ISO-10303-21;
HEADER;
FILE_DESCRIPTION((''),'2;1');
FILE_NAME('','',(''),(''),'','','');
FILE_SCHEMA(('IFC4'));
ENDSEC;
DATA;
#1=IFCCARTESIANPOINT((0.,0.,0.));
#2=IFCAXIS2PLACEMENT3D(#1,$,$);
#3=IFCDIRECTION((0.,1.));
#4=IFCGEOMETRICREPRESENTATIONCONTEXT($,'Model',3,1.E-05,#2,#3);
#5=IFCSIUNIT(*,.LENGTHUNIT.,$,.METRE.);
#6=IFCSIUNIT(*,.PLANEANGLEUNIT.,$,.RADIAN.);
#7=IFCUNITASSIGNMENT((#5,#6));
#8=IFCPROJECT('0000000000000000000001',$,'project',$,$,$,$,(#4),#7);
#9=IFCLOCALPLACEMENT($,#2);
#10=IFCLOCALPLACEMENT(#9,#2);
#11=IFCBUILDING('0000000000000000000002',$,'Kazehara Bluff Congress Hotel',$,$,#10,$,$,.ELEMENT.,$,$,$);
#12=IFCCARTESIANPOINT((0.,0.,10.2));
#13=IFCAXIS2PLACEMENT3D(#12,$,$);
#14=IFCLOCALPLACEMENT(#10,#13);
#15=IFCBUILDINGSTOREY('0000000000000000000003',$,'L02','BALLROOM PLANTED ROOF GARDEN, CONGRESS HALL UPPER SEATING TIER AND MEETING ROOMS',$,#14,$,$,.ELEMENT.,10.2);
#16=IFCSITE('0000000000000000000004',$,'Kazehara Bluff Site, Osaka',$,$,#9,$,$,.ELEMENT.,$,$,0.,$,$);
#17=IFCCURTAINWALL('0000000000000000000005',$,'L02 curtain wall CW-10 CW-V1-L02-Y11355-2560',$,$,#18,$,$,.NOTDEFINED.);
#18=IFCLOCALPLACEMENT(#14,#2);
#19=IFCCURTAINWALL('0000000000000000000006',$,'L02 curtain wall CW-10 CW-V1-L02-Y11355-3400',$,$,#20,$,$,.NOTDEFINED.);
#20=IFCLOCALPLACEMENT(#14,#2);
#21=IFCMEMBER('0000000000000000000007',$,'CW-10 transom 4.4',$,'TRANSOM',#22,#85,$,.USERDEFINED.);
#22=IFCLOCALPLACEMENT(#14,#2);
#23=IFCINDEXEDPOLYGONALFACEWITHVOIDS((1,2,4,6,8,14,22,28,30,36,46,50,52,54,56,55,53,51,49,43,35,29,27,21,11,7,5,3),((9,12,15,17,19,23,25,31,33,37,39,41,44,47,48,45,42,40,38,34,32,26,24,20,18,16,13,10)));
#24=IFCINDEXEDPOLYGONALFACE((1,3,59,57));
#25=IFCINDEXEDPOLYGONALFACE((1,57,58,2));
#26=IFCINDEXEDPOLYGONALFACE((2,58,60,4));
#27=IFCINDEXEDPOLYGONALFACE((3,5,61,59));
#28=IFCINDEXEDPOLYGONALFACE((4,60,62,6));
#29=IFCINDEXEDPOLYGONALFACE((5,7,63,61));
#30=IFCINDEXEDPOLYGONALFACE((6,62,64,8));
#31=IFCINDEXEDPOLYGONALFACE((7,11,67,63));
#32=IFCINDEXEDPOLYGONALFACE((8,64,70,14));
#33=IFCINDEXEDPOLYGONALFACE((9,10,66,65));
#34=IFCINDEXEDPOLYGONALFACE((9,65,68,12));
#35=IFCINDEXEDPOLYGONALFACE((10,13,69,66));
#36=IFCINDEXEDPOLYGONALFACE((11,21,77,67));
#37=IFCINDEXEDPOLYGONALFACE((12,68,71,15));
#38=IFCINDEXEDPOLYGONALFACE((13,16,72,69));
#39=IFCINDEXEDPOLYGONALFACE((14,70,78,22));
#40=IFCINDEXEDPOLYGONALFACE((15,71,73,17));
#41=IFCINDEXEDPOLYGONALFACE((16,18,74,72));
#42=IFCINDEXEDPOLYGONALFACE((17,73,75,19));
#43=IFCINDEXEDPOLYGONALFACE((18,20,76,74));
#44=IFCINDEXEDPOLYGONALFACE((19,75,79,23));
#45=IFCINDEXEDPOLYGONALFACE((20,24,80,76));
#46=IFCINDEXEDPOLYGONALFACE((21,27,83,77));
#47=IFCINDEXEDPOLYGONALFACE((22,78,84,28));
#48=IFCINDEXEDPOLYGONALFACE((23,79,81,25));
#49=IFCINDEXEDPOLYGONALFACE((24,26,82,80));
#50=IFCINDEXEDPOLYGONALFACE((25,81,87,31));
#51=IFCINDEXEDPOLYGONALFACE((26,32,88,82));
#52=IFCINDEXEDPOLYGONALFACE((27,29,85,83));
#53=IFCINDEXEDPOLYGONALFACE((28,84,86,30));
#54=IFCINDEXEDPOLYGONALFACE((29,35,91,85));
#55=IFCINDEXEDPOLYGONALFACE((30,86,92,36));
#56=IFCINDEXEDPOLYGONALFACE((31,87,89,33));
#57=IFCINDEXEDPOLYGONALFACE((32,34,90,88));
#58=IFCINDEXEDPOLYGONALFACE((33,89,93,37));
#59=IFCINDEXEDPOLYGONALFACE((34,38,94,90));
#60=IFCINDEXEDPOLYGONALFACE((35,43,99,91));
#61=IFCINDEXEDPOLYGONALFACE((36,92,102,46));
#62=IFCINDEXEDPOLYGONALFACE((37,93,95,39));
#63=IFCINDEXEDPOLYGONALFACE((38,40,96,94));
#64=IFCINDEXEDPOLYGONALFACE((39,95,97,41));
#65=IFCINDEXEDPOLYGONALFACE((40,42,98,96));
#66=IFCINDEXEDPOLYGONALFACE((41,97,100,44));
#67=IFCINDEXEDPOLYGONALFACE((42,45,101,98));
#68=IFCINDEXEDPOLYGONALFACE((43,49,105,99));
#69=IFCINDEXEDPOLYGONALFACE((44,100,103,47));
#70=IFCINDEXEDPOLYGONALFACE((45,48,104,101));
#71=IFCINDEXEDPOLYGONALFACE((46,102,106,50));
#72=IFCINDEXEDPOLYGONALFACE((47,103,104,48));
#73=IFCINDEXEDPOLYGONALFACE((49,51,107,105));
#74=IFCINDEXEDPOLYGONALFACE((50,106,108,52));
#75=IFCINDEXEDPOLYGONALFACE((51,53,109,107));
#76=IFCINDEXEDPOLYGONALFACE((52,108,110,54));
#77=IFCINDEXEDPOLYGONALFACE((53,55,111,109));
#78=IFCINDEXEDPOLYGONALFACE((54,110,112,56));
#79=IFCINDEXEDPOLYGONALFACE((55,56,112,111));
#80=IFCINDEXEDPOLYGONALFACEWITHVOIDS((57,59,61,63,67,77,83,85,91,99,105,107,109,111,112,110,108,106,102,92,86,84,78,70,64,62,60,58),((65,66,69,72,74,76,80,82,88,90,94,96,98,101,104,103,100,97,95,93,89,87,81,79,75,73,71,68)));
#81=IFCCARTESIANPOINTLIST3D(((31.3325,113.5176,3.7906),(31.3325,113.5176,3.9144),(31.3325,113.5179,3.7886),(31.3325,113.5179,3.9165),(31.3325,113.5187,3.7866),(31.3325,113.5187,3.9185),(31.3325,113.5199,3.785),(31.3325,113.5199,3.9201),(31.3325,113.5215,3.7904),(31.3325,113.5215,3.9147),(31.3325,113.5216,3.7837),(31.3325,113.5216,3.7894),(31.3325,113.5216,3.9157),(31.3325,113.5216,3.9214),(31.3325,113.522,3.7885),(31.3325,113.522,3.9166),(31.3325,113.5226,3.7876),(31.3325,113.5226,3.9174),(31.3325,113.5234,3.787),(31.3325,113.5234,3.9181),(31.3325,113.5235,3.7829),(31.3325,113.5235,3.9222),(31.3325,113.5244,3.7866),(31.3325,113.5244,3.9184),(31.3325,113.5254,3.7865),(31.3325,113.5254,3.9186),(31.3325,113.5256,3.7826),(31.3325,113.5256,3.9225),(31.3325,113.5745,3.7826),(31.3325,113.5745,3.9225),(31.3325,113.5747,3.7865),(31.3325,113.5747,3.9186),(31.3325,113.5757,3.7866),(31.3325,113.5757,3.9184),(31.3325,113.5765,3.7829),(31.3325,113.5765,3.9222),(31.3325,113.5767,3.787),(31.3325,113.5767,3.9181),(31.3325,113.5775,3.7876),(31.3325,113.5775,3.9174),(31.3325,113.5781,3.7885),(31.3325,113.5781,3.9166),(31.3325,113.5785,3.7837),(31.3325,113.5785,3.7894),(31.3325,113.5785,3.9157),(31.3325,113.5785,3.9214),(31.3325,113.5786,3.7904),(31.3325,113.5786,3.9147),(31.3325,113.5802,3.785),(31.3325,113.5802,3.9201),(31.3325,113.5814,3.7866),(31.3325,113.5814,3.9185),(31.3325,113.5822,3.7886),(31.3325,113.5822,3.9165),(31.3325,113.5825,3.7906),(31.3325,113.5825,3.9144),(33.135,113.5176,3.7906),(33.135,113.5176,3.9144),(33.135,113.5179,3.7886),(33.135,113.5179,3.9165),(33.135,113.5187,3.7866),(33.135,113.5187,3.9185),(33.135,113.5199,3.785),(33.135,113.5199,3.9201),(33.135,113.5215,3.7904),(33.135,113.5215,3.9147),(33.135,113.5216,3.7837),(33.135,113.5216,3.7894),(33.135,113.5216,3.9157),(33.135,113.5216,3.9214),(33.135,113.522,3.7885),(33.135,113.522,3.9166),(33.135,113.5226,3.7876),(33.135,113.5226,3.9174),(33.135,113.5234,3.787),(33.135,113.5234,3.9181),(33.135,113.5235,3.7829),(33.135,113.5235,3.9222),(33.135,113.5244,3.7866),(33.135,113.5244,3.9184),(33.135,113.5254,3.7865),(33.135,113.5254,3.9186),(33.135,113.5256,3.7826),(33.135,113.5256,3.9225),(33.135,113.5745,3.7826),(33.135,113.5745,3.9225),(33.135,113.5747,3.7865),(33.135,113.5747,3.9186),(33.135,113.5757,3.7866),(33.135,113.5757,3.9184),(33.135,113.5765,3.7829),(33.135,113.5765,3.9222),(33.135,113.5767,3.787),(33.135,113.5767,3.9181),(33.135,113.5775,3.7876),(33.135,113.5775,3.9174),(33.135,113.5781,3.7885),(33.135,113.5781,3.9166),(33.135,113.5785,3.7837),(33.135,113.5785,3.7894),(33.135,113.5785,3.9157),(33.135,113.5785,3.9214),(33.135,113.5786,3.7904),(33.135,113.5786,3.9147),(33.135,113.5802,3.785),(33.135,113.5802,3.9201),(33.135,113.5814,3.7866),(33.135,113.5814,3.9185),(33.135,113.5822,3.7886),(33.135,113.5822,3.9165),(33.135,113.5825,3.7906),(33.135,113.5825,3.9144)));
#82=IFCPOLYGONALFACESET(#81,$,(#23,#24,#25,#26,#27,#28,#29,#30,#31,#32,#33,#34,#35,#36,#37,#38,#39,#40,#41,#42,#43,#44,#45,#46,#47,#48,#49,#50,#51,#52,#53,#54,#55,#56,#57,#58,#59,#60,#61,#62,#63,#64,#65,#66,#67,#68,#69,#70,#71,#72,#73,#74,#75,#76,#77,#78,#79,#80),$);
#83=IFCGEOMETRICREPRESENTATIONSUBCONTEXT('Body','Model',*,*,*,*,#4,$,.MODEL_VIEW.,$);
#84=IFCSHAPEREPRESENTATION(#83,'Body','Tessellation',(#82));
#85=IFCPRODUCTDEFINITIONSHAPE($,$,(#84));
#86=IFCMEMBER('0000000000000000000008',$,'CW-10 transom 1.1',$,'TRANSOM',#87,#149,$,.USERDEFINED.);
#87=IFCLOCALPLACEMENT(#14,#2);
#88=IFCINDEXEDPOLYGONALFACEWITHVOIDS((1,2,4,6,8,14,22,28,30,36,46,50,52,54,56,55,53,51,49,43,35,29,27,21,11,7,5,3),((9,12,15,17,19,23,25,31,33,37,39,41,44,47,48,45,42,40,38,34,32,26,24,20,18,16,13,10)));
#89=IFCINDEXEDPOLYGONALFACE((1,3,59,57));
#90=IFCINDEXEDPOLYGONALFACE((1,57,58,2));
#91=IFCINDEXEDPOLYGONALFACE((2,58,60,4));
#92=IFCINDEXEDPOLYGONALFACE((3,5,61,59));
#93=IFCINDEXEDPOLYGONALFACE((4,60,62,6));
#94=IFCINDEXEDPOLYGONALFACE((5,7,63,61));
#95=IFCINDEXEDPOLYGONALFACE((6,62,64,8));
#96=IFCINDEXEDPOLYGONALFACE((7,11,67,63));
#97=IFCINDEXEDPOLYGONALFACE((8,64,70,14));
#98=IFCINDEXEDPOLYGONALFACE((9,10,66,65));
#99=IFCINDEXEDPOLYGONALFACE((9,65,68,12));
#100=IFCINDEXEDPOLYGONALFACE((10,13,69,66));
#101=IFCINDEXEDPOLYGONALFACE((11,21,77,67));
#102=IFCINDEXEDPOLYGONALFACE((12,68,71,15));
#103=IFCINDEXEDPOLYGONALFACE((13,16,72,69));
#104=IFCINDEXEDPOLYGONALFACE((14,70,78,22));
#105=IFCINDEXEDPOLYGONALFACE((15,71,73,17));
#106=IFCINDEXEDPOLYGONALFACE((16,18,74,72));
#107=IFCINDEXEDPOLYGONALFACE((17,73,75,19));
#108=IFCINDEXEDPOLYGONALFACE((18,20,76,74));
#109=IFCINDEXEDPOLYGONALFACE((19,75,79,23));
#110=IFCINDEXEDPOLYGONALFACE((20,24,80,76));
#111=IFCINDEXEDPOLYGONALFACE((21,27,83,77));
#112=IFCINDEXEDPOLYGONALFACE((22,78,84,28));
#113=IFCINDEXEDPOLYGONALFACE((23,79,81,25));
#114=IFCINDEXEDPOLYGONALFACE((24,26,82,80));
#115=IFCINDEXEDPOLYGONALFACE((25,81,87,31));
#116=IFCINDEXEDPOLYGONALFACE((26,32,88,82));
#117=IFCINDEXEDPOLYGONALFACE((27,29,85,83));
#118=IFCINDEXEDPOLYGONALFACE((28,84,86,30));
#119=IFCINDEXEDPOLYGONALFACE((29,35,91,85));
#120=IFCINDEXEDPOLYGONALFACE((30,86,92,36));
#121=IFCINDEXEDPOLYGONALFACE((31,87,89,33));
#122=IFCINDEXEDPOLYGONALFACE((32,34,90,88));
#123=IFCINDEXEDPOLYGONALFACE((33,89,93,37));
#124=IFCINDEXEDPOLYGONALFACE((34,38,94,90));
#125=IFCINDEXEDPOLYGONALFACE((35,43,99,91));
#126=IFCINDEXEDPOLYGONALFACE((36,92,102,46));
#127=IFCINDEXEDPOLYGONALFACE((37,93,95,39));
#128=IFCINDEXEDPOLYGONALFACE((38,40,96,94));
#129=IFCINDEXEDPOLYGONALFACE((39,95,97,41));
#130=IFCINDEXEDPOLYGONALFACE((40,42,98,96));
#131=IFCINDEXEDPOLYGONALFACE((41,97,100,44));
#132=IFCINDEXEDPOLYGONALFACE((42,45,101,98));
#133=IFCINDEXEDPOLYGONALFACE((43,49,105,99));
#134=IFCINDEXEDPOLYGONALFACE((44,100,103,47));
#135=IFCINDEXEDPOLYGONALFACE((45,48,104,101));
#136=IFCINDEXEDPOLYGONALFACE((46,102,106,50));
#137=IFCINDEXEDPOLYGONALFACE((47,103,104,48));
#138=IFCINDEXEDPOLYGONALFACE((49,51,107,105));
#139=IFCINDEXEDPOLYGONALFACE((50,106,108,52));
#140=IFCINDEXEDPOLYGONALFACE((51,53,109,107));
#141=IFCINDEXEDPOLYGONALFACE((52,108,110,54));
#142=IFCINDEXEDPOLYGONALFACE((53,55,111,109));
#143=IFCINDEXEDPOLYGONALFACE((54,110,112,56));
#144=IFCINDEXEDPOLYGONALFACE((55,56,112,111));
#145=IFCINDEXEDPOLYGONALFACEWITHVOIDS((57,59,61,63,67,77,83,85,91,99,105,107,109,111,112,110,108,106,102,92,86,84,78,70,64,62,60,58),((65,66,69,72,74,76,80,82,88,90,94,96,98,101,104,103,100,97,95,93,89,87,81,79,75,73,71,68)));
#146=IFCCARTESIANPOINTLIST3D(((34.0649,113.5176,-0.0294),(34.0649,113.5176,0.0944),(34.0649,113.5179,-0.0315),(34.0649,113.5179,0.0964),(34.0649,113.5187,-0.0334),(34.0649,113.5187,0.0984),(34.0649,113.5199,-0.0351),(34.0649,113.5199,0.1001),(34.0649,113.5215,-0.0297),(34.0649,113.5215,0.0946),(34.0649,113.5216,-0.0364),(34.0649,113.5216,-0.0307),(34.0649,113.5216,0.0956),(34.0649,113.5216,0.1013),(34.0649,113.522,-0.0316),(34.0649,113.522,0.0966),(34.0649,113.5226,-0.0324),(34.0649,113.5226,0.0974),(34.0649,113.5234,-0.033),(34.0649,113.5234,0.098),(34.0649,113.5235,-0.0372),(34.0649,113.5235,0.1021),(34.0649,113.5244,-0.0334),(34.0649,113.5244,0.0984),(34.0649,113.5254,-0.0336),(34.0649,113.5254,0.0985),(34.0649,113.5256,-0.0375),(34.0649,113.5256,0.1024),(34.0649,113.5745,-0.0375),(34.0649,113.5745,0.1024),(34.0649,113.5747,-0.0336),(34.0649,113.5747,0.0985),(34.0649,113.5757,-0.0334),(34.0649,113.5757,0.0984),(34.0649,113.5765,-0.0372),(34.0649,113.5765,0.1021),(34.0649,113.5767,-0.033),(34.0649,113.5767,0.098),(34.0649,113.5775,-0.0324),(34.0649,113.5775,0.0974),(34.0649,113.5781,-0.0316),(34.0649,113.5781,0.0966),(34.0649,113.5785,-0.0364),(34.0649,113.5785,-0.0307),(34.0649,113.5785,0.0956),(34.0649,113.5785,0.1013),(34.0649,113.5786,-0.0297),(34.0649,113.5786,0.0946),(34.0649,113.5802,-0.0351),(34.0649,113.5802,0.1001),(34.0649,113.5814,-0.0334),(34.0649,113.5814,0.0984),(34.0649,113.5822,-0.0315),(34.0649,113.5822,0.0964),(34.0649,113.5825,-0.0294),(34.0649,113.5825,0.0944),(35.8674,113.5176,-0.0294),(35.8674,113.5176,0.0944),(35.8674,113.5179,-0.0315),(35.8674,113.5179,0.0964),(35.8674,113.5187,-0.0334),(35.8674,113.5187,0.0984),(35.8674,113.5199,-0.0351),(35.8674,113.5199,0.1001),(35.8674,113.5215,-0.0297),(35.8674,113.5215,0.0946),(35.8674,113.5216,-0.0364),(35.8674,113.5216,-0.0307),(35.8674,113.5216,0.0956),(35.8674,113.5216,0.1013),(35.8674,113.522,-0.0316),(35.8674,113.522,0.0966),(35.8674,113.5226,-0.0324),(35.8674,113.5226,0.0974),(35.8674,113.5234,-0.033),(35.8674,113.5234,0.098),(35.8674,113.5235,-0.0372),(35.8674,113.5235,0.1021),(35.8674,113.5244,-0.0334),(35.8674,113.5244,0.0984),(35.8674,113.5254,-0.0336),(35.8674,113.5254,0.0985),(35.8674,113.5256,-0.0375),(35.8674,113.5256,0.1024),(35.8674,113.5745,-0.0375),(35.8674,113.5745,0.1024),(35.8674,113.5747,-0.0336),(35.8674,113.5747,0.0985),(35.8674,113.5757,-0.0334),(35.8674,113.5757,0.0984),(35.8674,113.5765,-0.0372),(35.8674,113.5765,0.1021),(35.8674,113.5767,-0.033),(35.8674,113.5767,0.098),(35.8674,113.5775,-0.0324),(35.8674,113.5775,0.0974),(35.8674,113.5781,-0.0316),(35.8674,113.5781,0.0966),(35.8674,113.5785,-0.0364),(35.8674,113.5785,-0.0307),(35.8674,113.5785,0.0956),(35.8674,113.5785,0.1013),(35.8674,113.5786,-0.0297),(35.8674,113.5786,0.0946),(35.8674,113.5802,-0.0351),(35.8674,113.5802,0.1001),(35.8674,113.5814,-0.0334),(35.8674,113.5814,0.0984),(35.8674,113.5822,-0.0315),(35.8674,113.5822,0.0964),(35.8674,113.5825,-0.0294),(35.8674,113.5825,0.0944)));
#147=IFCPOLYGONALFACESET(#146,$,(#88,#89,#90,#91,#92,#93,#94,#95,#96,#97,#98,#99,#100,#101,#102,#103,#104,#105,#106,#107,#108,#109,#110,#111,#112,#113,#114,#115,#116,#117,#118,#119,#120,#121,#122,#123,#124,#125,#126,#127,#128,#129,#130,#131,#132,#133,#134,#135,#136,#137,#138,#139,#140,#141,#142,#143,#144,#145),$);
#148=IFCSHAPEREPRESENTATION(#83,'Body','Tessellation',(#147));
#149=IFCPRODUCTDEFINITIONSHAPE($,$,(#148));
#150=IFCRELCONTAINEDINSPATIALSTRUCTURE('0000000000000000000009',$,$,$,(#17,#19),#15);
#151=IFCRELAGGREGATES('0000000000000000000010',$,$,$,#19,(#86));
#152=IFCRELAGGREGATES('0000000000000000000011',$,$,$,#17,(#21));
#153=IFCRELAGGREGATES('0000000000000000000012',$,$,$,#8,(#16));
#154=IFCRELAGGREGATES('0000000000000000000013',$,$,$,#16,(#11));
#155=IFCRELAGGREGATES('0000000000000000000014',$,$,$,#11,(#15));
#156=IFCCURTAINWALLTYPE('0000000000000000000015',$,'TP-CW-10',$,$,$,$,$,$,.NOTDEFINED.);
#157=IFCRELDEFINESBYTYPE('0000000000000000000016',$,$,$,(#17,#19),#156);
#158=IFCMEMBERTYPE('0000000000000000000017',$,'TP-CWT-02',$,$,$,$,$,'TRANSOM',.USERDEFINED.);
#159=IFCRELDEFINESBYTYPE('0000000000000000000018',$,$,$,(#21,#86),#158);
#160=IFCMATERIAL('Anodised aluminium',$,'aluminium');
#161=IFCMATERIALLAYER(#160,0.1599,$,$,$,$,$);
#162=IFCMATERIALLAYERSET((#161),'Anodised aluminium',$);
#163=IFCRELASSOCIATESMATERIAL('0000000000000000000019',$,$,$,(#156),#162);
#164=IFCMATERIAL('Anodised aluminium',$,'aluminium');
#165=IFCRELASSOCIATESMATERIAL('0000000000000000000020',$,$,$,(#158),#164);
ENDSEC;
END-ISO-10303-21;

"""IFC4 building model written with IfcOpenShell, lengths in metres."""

from ifc_helpers import new_model, si_unit, direction, frame, origin, origin_2d, place, context, subcontext, project, spatial, hollow_rectangle, extrude, material, layer, layer_set, material_profile, profile_set, type_object, element, aggregate, save


model = new_model("IFC4")

# Units and contexts
model_context = context("Model", 3, precision=1e-05, world=origin(), true_north=direction((0.0, 1.0)))
body_context = subcontext(model_context, "Body", "Model", "MODEL_VIEW")
ifc_project = project(units=[si_unit("LENGTHUNIT", "METRE"), si_unit("PLANEANGLEUNIT", "RADIAN")], contexts=[model_context])

# Site, building, storey
site_placement = place(None, origin())
site = spatial("IfcSite", under=ifc_project, at=site_placement, Name="Kazehara Bluff Site, Osaka", CompositionType="ELEMENT", RefElevation=0.0)
building_placement = place(site_placement, origin())
building = spatial("IfcBuilding", under=site, at=building_placement, Name="Kazehara Bluff Congress Hotel", CompositionType="ELEMENT")
storey_placement = place(building_placement, frame((0.0, 0.0, 10.2)))
storey = spatial("IfcBuildingStorey", under=building, at=storey_placement, Name="L02", Description="BALLROOM PLANTED ROOF GARDEN, CONGRESS HALL UPPER SEATING TIER AND MEETING ROOMS", CompositionType="ELEMENT", Elevation=10.2)

# Curtain wall
ifc_material_1 = material(Name="Anodised aluminium", Category="aluminium")
ifc_layer_1 = layer(ifc_material_1, 0.1599)
ifc_layer_set_1 = layer_set([ifc_layer_1], Name="Anodised aluminium")
curtain_wall_type = type_object("IfcCurtainWallType", Name="TP-CW-10", PredefinedType="NOTDEFINED", material=ifc_layer_set_1)
curtain_wall_1_placement = place(storey_placement, origin())
curtain_wall_1 = element("IfcCurtainWall", 1, at=curtain_wall_1_placement, inside=storey, type_object=curtain_wall_type, Name="L02 curtain wall CW-10 CW-V1-L02-Y11355-2560", PredefinedType="NOTDEFINED")

# Curtain wall
curtain_wall_2_placement = place(storey_placement, origin())
curtain_wall_2 = element("IfcCurtainWall", 2, at=curtain_wall_2_placement, inside=storey, type_object=curtain_wall_type, Name="L02 curtain wall CW-10 CW-V1-L02-Y11355-3400", PredefinedType="NOTDEFINED")

# Members
ifc_material_2 = material(Name="Anodised aluminium", Category="aluminium")
ifc_material_profile_1 = material_profile(ifc_material_2, hollow_rectangle(XDim=0.0649, YDim=0.1399, WallThickness=0.0039, InnerFilletRadius=0.0039, OuterFilletRadius=0.0081, at=origin_2d()))
ifc_profile_set_1 = profile_set([ifc_material_profile_1], Name="Anodised aluminium")
member_type_1 = type_object("IfcMemberType", Name="TP-CWT-02", ElementType="TRANSOM", PredefinedType="USERDEFINED", material=ifc_profile_set_1)
member_1_placement = place(storey_placement, frame((31.3325, 113.55, 3.8525), z_axis=(1.0, 0.0, 0.0), x_axis=(0.0, 1.0, 0.0)))
member_1 = element("IfcMember", 3, at=member_1_placement, type_object=member_type_1, Name="CW-10 transom 4.4", ObjectType="TRANSOM", PredefinedType="USERDEFINED", context=body_context, shape_type="SweptSolid", body=[
    extrude(hollow_rectangle(XDim=0.0649, YDim=0.1399, WallThickness=0.0039, InnerFilletRadius=0.0039, OuterFilletRadius=0.0081, at=origin_2d()), origin(), (0.0, 0.0, 1.0), 1.8025),
])
member_2_placement = place(storey_placement, frame((34.0649, 113.55, 0.0325), z_axis=(1.0, 0.0, 0.0), x_axis=(0.0, 1.0, 0.0)))
member_2 = element("IfcMember", 4, at=member_2_placement, type_object=member_type_1, Name="CW-10 transom 1.1", ObjectType="TRANSOM", PredefinedType="USERDEFINED", context=body_context, shape_type="SweptSolid", body=[
    extrude(hollow_rectangle(XDim=0.0649, YDim=0.1399, WallThickness=0.0039, InnerFilletRadius=0.0039, OuterFilletRadius=0.0081, at=origin_2d()), origin(), (0.0, 0.0, 1.0), 1.8025),
])
aggregate(curtain_wall_2, [member_2])

aggregate(curtain_wall_1, [member_1])

save(model, "model.ifc")
